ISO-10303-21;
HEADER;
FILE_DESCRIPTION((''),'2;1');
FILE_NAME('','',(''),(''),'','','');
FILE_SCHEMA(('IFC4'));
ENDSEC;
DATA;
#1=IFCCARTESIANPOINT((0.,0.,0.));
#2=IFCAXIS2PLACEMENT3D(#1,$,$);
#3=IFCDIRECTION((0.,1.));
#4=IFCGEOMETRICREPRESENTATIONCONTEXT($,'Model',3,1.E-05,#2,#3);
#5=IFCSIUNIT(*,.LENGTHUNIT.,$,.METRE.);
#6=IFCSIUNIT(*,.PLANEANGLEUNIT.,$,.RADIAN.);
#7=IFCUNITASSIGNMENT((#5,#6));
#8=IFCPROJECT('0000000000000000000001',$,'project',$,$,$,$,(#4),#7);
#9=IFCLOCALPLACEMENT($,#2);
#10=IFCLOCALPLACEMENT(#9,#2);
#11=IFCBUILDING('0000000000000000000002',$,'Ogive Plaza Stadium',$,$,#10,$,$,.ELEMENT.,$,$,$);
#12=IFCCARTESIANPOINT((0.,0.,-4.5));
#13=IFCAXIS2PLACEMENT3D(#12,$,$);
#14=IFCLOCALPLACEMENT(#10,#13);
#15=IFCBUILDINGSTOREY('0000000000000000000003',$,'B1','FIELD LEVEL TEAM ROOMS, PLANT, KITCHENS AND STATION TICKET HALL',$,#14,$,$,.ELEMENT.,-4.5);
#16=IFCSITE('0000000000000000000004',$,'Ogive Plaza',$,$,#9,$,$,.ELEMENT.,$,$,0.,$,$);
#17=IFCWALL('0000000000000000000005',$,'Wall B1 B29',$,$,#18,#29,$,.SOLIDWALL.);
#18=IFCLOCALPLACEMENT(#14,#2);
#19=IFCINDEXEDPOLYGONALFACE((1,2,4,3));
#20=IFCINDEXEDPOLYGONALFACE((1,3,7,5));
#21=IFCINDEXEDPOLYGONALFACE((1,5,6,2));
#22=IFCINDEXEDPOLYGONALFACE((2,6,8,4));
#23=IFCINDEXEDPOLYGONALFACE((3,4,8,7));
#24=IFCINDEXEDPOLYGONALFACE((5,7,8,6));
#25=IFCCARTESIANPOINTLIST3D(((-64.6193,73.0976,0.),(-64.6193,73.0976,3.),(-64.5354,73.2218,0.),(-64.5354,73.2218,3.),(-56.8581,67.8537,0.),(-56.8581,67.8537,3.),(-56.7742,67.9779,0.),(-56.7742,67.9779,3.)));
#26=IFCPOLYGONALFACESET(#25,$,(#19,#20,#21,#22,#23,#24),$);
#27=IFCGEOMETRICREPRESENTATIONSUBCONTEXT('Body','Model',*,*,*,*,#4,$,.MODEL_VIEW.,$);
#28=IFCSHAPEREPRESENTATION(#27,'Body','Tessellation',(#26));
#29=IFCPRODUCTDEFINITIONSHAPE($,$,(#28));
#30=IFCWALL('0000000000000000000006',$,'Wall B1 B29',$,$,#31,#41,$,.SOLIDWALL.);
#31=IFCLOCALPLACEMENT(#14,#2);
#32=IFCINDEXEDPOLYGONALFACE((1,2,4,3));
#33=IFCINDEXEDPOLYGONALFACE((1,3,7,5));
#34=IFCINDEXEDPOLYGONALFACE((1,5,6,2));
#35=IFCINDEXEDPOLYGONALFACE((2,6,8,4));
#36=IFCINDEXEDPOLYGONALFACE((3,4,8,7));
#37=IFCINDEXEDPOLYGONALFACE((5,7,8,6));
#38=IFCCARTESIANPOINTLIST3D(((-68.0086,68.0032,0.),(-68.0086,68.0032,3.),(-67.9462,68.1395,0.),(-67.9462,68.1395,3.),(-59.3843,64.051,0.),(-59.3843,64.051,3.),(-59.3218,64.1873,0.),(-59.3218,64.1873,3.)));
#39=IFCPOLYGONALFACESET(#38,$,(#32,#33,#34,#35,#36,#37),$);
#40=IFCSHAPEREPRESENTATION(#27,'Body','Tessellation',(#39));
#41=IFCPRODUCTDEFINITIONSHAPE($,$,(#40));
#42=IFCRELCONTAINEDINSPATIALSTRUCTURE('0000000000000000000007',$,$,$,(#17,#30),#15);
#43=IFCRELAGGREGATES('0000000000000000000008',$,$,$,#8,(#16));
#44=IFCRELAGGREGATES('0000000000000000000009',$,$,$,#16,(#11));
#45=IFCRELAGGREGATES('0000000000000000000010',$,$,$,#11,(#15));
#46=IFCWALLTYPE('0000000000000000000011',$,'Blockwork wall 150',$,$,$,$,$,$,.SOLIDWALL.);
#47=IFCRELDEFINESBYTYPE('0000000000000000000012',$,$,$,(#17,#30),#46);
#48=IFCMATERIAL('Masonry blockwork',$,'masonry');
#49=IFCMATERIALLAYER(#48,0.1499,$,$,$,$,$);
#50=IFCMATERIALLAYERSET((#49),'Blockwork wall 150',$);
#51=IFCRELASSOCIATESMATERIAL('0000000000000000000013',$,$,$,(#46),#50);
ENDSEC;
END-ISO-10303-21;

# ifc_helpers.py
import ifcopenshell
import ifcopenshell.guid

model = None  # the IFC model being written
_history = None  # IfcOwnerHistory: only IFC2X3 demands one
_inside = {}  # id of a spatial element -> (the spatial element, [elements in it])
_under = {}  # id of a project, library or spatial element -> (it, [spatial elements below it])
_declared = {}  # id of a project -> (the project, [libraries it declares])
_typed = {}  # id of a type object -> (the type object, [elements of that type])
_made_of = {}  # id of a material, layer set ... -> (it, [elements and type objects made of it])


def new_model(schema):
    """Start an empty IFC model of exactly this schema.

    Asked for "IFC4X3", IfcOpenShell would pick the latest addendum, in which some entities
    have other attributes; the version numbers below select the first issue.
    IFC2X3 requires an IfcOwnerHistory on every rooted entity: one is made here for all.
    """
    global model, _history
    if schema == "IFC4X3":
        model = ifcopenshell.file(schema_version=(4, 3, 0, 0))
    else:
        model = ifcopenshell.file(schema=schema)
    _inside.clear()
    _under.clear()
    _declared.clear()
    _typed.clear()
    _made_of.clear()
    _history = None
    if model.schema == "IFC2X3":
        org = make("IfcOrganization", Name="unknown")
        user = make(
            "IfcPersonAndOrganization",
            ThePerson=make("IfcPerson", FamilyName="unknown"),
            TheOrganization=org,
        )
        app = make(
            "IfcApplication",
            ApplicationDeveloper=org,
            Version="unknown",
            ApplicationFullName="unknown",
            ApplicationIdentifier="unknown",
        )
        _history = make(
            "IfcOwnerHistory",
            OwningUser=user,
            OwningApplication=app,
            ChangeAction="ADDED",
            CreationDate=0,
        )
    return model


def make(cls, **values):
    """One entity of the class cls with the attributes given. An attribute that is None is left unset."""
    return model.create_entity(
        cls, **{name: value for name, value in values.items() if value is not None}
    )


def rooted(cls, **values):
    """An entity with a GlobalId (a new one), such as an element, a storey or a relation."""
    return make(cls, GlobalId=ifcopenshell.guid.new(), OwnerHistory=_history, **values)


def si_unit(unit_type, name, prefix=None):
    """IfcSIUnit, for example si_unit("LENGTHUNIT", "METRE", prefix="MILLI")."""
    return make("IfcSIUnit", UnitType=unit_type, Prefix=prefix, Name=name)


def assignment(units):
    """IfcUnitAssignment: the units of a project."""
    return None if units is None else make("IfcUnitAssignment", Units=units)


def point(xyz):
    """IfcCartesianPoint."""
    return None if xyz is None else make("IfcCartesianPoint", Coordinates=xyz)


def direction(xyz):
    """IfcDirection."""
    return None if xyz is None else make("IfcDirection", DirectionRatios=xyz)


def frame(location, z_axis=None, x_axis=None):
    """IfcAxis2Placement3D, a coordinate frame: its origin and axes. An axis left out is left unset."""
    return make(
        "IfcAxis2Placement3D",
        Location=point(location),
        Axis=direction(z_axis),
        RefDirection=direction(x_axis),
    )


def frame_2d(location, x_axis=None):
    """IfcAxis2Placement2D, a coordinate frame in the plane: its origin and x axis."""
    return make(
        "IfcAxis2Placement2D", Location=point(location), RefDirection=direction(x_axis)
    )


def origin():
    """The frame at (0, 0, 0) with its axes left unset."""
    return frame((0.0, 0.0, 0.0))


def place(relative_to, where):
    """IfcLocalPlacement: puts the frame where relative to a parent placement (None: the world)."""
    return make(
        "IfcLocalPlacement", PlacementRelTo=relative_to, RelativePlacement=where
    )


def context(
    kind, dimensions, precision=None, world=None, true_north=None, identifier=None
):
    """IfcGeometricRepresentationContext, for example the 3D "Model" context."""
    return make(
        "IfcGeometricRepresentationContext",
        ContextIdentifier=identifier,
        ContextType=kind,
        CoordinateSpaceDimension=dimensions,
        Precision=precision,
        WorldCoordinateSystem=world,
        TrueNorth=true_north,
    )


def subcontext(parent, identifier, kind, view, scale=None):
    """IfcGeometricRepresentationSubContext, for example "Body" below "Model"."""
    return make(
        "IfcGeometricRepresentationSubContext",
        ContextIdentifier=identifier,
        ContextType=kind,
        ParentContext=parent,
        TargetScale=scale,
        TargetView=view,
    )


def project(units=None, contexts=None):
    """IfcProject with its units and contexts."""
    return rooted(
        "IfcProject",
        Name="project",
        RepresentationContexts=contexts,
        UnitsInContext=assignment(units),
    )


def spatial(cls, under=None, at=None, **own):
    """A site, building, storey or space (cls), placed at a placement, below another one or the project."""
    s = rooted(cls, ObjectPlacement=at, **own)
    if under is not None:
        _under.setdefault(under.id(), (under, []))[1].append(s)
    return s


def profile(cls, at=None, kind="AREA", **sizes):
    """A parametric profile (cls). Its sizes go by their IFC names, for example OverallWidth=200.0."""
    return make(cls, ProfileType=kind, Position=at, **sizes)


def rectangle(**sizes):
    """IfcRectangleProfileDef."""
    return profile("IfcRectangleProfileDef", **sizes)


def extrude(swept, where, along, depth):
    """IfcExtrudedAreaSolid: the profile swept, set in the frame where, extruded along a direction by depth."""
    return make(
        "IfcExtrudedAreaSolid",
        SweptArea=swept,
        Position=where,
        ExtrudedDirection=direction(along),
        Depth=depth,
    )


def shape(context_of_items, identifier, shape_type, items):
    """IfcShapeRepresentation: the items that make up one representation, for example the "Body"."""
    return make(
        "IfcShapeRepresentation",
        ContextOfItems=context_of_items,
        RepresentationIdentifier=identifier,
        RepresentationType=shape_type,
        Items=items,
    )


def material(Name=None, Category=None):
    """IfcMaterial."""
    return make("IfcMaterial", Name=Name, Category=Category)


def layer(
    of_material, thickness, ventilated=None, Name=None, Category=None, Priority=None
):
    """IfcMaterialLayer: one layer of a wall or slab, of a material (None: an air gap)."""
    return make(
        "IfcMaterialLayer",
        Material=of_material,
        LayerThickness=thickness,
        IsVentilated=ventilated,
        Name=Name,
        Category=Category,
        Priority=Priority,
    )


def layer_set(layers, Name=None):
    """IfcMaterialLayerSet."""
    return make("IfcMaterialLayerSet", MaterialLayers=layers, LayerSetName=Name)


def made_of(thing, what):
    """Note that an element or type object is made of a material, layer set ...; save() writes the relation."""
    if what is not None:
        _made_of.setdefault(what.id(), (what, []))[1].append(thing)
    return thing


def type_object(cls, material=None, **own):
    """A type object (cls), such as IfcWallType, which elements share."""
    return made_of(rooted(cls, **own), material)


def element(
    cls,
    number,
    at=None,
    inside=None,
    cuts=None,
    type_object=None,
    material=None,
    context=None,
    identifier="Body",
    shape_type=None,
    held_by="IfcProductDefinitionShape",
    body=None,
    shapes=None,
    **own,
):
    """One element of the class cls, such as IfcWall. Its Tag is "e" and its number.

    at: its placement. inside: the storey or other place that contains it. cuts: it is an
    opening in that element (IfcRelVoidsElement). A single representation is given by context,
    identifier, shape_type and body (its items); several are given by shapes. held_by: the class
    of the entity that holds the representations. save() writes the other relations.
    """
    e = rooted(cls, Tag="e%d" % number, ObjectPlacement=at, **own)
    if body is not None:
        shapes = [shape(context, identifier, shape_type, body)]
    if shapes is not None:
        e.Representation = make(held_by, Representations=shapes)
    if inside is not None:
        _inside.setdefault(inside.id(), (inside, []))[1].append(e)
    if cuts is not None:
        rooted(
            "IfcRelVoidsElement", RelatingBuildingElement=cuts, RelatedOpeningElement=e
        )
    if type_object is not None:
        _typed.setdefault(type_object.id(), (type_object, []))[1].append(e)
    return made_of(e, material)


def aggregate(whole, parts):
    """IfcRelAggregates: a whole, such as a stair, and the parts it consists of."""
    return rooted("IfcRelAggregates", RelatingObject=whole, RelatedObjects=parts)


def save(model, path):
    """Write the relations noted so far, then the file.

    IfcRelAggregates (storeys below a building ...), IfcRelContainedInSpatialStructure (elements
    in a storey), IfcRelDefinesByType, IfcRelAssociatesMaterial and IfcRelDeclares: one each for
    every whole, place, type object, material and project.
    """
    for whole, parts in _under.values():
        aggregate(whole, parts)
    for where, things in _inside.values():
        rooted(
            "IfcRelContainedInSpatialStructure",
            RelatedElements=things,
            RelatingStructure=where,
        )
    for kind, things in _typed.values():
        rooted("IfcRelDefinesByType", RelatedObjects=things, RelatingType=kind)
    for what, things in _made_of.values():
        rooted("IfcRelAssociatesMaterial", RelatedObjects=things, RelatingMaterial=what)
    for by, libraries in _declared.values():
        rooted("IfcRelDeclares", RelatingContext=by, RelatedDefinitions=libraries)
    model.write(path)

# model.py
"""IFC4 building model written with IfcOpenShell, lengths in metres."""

from ifc_helpers import new_model, si_unit, direction, frame, frame_2d, origin, place, context, subcontext, project, spatial, rectangle, extrude, material, layer, layer_set, type_object, element, save


model = new_model("IFC4")

# Units and contexts
model_context = context("Model", 3, precision=1e-05, world=origin(), true_north=direction((0.0, 1.0)))
body_context = subcontext(model_context, "Body", "Model", "MODEL_VIEW")
ifc_project = project(units=[si_unit("LENGTHUNIT", "METRE"), si_unit("PLANEANGLEUNIT", "RADIAN")], contexts=[model_context])

# Site, building, storey
site_placement = place(None, origin())
site = spatial("IfcSite", under=ifc_project, at=site_placement, Name="Ogive Plaza", CompositionType="ELEMENT", RefElevation=0.0)
building_placement = place(site_placement, origin())
building = spatial("IfcBuilding", under=site, at=building_placement, Name="Ogive Plaza Stadium", CompositionType="ELEMENT")
storey_placement = place(building_placement, frame((0.0, 0.0, -4.5)))
storey = spatial("IfcBuildingStorey", under=building, at=storey_placement, Name="B1", Description="FIELD LEVEL TEAM ROOMS, PLANT, KITCHENS AND STATION TICKET HALL", CompositionType="ELEMENT", Elevation=-4.5)

# Shared definitions
ifc_material_1 = material(Name="Masonry blockwork", Category="masonry")
ifc_layer_1 = layer(ifc_material_1, 0.1499)
ifc_layer_set_1 = layer_set([ifc_layer_1], Name="Blockwork wall 150")
wall_type = type_object("IfcWallType", Name="Blockwork wall 150", PredefinedType="SOLIDWALL", material=ifc_layer_set_1)

# Walls
wall_1_placement = place(storey_placement, frame((-56.8162, 67.9158, 0.0), z_axis=(0.0, 0.0, 1.0), x_axis=(-0.828598, 0.559844, 0.0)))
element("IfcWall", 1, at=wall_1_placement, inside=storey, type_object=wall_type, Name="Wall B1 B29", PredefinedType="SOLIDWALL", context=body_context, shape_type="SweptSolid", body=[
    extrude(rectangle(XDim=9.3667, YDim=0.1499, at=frame_2d((4.6833, 0.0))), origin(), (0.0, 0.0, 1.0), 3.0),
])
wall_2_placement = place(storey_placement, frame((-59.353, 64.1191, 0.0), z_axis=(0.0, 0.0, 1.0), x_axis=(-0.90909, 0.416599, 0.0)))
element("IfcWall", 2, at=wall_2_placement, inside=storey, type_object=wall_type, Name="Wall B1 B29", PredefinedType="SOLIDWALL", context=body_context, shape_type="SweptSolid", body=[
    extrude(rectangle(XDim=9.4868, YDim=0.1499, at=frame_2d((4.7434, 0.0))), origin(), (0.0, 0.0, 1.0), 3.0),
])

save(model, "model.ifc")
